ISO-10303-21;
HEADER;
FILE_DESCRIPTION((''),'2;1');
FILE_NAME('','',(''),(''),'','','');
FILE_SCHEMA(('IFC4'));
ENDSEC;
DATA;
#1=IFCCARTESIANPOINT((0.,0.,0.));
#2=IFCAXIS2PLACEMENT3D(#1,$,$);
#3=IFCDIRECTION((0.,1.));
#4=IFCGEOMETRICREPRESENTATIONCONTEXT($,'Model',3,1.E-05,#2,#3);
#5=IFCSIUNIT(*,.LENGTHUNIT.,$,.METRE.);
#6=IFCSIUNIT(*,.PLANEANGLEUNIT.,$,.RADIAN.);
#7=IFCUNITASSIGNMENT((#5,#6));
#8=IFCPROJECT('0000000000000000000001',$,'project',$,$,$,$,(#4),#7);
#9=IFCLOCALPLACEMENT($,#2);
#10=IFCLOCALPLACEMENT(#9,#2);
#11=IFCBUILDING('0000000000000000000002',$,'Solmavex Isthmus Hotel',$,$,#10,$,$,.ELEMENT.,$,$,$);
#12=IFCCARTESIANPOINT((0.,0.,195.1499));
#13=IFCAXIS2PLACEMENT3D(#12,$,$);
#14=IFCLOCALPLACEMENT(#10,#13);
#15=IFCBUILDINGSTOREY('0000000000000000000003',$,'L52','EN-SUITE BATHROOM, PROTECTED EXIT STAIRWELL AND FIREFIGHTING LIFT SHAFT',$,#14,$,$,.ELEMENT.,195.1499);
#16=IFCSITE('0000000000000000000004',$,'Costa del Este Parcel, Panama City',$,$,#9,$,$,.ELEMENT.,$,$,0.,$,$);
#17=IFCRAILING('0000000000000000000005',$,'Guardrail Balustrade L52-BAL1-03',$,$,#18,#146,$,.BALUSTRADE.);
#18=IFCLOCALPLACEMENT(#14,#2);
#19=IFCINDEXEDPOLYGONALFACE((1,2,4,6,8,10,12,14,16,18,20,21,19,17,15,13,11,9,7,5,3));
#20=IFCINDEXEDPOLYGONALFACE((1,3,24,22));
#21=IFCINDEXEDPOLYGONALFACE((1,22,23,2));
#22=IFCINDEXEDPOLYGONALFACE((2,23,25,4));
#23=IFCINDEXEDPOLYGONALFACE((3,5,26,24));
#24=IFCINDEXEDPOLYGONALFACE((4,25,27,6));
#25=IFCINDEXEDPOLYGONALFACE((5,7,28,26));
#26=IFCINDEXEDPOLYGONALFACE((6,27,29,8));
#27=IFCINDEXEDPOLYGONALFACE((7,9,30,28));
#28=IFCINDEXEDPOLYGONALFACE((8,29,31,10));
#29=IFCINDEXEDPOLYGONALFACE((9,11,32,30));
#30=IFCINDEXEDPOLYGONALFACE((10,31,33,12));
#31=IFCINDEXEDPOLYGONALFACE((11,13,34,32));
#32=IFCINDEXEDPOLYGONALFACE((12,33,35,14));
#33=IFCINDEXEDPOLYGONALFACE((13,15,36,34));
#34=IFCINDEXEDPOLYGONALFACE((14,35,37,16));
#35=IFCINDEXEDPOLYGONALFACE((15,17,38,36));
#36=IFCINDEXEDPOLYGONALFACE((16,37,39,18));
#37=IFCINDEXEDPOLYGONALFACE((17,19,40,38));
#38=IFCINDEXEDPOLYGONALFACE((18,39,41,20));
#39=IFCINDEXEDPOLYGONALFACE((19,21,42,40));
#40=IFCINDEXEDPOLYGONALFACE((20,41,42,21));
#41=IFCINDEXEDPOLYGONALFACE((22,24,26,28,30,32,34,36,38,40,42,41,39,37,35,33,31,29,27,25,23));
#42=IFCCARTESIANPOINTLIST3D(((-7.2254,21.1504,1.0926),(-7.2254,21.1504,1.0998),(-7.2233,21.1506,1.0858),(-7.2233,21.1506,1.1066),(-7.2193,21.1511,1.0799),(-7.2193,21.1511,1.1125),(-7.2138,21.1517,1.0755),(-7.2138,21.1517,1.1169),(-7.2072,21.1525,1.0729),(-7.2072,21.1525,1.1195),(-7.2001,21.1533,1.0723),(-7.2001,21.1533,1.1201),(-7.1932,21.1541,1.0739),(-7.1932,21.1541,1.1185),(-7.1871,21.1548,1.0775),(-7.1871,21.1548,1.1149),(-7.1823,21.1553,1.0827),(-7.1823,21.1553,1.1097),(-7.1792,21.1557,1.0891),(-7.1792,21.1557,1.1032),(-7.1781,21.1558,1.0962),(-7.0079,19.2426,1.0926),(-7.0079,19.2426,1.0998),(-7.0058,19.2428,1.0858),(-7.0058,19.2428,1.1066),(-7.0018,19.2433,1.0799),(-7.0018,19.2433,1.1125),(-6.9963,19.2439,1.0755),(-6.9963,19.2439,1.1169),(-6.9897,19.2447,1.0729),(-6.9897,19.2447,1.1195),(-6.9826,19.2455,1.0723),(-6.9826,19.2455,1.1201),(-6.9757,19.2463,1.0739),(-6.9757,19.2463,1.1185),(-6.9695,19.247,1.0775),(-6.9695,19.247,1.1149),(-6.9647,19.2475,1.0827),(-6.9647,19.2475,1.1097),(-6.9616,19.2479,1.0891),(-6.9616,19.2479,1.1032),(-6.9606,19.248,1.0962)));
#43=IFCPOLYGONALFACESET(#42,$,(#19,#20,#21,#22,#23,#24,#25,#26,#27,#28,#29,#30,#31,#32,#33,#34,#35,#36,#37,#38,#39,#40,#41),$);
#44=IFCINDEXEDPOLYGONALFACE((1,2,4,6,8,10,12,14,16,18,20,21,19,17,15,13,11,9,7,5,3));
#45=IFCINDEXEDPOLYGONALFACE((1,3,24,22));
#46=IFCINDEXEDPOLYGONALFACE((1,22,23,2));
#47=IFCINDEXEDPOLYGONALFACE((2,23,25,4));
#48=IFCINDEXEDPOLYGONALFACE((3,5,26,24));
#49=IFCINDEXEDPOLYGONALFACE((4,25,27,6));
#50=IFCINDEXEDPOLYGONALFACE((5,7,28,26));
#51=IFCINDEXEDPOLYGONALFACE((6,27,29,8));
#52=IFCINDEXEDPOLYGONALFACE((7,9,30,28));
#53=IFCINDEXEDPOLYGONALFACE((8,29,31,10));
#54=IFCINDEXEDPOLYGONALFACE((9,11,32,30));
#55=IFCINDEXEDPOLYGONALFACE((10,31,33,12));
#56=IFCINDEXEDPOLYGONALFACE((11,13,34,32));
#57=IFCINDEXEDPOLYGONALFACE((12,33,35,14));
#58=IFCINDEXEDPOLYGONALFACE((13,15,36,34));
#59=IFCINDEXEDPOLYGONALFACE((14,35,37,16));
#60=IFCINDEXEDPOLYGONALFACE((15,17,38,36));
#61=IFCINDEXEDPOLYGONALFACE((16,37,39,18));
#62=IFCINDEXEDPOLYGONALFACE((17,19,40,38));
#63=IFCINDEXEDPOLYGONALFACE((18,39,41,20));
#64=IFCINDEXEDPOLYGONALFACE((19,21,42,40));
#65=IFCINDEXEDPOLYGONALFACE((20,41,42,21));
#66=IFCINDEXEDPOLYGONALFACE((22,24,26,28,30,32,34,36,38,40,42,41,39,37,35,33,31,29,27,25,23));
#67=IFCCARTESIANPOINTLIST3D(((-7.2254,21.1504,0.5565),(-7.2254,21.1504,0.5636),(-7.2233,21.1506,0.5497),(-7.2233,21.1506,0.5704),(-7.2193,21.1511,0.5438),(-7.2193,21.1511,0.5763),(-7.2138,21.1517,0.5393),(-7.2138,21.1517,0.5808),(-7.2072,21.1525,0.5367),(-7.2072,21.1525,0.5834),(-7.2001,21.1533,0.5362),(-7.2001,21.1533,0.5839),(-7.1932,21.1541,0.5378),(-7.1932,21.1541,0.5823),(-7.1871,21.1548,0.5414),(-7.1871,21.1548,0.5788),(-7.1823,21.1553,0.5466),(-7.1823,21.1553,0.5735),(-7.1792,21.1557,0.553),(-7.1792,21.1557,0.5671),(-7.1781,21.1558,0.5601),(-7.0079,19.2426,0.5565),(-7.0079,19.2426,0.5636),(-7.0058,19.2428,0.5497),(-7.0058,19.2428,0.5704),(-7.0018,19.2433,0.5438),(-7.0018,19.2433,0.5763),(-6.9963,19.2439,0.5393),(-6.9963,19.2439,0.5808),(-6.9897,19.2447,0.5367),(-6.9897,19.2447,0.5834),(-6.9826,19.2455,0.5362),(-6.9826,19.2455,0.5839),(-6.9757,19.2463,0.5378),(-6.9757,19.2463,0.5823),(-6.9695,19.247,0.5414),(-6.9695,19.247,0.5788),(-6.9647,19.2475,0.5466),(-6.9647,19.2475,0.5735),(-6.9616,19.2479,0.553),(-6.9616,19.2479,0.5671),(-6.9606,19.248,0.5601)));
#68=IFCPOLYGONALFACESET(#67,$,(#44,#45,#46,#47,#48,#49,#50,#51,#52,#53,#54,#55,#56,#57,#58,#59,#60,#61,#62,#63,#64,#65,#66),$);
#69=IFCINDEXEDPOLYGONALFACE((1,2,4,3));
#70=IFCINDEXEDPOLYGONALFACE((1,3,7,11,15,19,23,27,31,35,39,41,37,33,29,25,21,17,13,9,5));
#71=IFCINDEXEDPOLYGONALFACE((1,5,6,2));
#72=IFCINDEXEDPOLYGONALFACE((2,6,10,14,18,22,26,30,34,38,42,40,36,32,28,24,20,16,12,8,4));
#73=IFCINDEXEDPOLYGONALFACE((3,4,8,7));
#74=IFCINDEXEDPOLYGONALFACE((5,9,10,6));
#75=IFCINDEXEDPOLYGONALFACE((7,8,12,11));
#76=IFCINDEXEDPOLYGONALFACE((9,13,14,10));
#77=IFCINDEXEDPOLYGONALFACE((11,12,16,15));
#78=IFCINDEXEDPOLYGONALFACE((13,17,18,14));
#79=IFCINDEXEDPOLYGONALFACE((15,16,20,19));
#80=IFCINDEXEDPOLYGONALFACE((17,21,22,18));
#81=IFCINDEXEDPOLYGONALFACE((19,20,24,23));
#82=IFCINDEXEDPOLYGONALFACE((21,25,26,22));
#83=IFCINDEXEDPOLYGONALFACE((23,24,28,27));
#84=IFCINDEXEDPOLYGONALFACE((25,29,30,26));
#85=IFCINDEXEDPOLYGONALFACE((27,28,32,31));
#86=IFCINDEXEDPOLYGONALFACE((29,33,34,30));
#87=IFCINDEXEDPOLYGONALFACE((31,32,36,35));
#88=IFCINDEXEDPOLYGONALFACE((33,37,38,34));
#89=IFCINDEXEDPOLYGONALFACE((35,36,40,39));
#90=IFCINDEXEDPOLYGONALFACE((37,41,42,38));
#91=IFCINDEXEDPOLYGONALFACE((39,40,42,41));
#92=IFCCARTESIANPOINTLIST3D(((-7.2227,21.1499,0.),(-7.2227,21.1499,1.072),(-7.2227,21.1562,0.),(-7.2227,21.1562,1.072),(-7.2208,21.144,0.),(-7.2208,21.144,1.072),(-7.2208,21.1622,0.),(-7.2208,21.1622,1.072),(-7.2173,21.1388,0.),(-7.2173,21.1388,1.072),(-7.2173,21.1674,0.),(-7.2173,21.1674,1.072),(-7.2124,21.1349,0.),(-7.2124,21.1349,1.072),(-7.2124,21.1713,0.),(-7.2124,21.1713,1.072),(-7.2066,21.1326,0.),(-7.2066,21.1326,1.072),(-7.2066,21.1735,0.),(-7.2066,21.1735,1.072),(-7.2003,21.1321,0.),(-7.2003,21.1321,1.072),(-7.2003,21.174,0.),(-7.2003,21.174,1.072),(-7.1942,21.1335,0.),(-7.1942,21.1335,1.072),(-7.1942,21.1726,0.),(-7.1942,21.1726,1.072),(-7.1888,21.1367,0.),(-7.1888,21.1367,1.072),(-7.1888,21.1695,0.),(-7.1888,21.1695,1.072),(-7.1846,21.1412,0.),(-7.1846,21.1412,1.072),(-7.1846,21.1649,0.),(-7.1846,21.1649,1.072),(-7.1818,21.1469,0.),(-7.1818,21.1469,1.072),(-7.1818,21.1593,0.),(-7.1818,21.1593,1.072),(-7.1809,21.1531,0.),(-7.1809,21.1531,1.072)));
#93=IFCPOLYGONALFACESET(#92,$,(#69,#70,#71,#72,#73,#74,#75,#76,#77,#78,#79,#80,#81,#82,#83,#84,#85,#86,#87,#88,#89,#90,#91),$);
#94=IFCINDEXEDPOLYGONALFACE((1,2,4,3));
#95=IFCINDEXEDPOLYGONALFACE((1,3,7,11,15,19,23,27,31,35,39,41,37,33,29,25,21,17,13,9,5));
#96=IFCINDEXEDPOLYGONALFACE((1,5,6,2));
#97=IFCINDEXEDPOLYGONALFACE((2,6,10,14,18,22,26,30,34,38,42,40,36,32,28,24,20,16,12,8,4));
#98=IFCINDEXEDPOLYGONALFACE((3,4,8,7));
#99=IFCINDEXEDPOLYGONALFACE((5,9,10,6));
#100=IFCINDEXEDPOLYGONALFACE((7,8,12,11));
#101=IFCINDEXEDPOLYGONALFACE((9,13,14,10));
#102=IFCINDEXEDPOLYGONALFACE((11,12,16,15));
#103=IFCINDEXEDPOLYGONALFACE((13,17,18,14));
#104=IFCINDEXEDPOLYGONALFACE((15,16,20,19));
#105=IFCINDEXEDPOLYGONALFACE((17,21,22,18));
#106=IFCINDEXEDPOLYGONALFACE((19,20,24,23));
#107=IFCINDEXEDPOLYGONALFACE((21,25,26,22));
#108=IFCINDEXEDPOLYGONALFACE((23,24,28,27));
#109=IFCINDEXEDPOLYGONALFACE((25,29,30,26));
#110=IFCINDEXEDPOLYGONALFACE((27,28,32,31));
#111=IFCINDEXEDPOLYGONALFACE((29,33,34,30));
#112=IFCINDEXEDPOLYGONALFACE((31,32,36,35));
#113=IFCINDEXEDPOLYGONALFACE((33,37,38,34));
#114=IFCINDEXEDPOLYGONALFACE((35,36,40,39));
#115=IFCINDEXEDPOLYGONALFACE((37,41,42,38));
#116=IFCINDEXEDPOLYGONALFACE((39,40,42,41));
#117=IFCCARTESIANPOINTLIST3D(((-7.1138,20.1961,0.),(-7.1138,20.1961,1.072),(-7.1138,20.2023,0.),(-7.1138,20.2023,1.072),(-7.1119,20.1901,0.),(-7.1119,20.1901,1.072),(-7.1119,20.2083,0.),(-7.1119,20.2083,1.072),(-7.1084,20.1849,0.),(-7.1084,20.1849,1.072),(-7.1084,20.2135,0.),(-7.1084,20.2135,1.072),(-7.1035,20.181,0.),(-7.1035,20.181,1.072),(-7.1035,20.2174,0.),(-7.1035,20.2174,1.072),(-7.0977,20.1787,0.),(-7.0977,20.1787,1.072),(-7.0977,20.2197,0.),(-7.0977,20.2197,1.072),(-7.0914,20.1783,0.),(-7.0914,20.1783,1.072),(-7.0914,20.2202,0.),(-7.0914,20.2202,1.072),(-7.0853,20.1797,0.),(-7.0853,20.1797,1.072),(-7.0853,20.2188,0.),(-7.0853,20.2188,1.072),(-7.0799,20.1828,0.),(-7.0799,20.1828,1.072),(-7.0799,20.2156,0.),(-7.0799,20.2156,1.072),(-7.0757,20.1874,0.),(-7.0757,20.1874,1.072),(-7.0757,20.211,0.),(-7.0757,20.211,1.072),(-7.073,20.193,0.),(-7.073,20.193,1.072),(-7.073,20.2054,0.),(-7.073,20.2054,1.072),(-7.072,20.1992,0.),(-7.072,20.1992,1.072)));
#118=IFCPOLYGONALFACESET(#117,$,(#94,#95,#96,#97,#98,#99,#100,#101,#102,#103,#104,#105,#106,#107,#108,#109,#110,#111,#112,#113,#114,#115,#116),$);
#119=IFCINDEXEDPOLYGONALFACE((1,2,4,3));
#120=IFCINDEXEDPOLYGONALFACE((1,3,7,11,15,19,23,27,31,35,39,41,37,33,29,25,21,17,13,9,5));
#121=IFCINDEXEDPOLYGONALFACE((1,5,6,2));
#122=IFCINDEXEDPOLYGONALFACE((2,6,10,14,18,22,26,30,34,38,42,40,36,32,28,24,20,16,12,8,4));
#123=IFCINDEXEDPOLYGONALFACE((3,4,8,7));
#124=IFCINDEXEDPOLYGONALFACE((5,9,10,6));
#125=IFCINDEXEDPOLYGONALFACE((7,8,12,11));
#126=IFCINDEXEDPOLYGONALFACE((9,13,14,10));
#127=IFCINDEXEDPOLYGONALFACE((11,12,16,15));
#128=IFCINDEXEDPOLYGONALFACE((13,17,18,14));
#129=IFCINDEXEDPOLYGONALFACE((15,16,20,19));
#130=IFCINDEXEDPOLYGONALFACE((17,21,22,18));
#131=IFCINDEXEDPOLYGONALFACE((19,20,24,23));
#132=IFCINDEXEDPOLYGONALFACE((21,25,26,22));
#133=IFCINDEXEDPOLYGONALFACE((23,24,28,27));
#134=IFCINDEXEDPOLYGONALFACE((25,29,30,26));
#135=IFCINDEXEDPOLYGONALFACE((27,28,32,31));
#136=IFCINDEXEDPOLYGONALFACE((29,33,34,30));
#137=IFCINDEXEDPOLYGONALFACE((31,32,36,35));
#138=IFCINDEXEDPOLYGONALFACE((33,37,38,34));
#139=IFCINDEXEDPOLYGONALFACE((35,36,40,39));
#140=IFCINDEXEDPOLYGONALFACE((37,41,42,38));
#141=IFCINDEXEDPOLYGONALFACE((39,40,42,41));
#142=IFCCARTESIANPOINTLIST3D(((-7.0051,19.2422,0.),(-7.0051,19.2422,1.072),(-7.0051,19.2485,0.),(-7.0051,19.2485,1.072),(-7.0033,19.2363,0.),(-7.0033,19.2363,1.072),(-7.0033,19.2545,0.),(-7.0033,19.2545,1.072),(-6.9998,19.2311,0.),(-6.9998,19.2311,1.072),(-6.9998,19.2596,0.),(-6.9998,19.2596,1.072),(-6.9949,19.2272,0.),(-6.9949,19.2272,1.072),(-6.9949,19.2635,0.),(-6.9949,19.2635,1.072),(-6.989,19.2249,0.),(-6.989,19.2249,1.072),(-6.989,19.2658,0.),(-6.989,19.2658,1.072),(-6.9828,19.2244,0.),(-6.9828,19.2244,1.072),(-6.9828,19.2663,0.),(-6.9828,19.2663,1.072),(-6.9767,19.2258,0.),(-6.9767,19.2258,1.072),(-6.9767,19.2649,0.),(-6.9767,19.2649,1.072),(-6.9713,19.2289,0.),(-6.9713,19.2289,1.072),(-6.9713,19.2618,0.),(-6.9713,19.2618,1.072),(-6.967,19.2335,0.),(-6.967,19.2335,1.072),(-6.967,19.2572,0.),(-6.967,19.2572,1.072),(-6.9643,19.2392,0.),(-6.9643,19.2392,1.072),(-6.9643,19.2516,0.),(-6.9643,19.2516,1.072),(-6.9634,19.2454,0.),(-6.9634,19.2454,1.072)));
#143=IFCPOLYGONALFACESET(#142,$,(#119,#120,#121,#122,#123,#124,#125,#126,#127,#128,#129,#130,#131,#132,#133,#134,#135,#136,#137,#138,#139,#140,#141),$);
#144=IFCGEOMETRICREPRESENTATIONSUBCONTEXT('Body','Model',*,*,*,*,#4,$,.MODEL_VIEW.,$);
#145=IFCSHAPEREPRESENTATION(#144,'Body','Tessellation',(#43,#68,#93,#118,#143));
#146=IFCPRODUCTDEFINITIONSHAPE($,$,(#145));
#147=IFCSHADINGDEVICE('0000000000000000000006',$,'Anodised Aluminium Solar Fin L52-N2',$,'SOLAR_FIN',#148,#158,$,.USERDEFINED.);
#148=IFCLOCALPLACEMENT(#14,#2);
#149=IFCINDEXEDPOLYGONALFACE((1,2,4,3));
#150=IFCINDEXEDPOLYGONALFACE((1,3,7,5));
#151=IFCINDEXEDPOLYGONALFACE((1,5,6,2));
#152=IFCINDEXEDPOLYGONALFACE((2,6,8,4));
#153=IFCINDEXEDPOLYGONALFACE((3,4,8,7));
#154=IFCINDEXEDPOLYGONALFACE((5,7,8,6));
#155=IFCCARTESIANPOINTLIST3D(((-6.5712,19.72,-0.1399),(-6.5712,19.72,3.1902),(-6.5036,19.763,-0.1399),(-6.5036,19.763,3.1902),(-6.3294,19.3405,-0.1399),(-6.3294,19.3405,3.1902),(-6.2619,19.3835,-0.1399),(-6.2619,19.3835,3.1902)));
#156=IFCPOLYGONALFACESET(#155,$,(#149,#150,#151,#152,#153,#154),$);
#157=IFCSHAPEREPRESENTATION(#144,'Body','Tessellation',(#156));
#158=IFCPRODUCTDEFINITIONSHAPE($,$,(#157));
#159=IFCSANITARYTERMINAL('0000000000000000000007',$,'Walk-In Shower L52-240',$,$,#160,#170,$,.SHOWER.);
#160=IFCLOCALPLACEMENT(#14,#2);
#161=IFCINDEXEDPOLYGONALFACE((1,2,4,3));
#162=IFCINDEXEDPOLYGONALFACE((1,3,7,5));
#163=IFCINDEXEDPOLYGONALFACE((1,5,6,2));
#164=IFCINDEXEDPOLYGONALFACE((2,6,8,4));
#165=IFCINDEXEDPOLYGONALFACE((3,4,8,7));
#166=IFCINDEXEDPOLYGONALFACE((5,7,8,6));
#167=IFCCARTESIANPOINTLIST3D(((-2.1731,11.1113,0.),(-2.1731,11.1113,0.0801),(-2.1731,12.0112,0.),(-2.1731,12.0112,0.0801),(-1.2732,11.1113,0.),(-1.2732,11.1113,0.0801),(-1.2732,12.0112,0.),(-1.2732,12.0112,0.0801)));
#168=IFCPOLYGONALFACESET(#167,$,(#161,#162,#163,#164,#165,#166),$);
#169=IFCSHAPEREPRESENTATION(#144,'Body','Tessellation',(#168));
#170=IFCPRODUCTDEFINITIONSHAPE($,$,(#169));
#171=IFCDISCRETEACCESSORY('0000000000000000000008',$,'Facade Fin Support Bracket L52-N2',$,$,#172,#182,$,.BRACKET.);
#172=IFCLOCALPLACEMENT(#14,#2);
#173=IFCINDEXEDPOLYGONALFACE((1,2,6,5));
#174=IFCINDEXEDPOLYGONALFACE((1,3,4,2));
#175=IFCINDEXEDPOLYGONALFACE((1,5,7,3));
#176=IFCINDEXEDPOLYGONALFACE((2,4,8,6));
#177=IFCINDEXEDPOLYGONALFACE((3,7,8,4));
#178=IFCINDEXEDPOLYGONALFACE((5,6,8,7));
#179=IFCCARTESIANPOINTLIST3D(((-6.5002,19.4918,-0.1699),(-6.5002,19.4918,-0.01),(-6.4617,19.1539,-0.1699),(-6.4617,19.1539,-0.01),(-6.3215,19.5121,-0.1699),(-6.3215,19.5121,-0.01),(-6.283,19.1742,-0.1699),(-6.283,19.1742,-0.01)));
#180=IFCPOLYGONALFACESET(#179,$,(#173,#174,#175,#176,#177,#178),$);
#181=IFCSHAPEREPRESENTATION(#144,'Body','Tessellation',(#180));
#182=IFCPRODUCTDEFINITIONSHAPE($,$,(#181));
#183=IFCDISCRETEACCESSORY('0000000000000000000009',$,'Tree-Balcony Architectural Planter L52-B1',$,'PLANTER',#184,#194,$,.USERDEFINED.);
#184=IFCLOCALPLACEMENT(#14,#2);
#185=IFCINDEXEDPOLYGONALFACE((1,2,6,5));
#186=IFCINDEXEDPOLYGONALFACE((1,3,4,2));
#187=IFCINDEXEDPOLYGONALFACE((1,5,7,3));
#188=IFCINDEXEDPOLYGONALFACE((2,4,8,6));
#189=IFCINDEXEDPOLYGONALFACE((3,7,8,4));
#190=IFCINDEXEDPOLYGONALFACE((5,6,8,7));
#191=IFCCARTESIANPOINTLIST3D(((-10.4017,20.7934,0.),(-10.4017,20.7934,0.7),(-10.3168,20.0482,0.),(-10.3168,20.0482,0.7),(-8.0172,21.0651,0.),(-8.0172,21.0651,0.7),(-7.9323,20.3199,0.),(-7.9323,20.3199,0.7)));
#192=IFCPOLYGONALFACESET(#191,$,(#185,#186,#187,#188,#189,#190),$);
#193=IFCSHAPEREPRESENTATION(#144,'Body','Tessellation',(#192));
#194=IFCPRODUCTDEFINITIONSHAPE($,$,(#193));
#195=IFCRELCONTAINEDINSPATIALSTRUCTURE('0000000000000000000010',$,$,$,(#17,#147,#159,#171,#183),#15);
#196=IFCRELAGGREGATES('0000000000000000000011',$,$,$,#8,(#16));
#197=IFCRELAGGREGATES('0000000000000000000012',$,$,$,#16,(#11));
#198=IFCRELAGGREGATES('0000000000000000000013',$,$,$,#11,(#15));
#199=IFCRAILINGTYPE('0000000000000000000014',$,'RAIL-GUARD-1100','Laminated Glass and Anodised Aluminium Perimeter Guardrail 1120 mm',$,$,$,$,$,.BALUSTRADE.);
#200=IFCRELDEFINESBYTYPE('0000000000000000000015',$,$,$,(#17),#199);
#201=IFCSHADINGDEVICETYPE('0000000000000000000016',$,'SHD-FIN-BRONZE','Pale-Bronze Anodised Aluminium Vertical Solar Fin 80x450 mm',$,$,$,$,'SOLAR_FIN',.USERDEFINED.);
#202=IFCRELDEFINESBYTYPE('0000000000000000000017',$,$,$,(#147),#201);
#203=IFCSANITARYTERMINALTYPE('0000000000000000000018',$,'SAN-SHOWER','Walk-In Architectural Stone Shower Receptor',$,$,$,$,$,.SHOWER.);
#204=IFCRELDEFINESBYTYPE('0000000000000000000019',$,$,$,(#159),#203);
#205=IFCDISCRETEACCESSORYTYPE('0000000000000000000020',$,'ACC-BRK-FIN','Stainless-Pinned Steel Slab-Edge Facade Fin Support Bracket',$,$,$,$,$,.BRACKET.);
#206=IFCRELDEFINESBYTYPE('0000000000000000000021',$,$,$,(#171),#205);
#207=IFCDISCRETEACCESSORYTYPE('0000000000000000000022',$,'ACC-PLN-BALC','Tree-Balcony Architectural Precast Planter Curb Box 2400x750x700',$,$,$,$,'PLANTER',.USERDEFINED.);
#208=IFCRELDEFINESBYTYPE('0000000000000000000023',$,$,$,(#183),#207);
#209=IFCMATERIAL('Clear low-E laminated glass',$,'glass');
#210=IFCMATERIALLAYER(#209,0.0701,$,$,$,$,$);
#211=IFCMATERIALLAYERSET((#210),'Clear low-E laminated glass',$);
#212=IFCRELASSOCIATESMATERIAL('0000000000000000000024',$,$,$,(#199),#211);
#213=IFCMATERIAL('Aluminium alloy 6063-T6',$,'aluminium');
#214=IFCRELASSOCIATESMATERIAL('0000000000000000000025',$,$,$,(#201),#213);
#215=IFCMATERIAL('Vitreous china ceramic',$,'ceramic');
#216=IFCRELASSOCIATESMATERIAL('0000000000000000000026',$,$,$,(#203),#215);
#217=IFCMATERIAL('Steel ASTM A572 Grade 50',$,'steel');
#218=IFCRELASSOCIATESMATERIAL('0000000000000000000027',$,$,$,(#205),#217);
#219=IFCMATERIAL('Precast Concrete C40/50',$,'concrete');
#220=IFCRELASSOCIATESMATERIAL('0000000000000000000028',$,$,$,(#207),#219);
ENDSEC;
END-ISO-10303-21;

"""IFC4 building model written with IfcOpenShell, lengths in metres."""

from ifc_helpers import new_model, si_unit, direction, frame, origin, origin_2d, place, context, subcontext, project, spatial, rectangle, circle, extrude, material, layer, layer_set, type_object, element, save


model = new_model("IFC4")

# Units and contexts
model_context = context("Model", 3, precision=1e-05, world=origin(), true_north=direction((0.0, 1.0)))
body_context = subcontext(model_context, "Body", "Model", "MODEL_VIEW")
ifc_project = project(units=[si_unit("LENGTHUNIT", "METRE"), si_unit("PLANEANGLEUNIT", "RADIAN")], contexts=[model_context])

# Site, building, storey
site_placement = place(None, origin())
site = spatial("IfcSite", under=ifc_project, at=site_placement, Name="Costa del Este Parcel, Panama City", CompositionType="ELEMENT", RefElevation=0.0)
building_placement = place(site_placement, origin())
building = spatial("IfcBuilding", under=site, at=building_placement, Name="Solmavex Isthmus Hotel", CompositionType="ELEMENT")
storey_placement = place(building_placement, frame((0.0, 0.0, 195.1499)))
storey = spatial("IfcBuildingStorey", under=building, at=storey_placement, Name="L52", Description="EN-SUITE BATHROOM, PROTECTED EXIT STAIRWELL AND FIREFIGHTING LIFT SHAFT", CompositionType="ELEMENT", Elevation=195.1499)

# Shared definitions
ifc_material_1 = material(Name="Aluminium alloy 6063-T6", Category="aluminium")

# Shared definitions
ifc_material_2 = material(Name="Clear low-E laminated glass", Category="glass")

# Shared definitions
ifc_material_3 = material(Name="Precast Concrete C40/50", Category="concrete")

# Railing
ifc_layer_1 = layer(ifc_material_2, 0.0701)
ifc_layer_set_1 = layer_set([ifc_layer_1], Name="Clear low-E laminated glass")
railing_type = type_object("IfcRailingType", Name="RAIL-GUARD-1100", Description="Laminated Glass and Anodised Aluminium Perimeter Guardrail 1120 mm", PredefinedType="BALUSTRADE", material=ifc_layer_set_1)
railing_1_placement = place(storey_placement, frame((-7.2019, 21.1531, 0.0)))
element("IfcRailing", 1, at=railing_1_placement, inside=storey, type_object=railing_type, Name="Guardrail Balustrade L52-BAL1-03", PredefinedType="BALUSTRADE", context=body_context, shape_type="SweptSolid", body=[
    extrude(circle(Radius=0.0239, at=origin_2d()), frame((0.0, 0.0, 1.0962), z_axis=(0.113292, -0.993562, 0.0), x_axis=(0.993562, 0.113292, 0.0)), (0.0, 0.0, 1.0), 1.9202),
    extrude(circle(Radius=0.0239, at=origin_2d()), frame((0.0, 0.0, 0.5601), z_axis=(0.113292, -0.993562, 0.0), x_axis=(0.993562, 0.113292, 0.0)), (0.0, 0.0, 1.0), 1.9202),
    extrude(circle(Radius=0.021, at=origin_2d()), origin(), (0.0, 0.0, 1.0), 1.072),
    extrude(circle(Radius=0.021, at=origin_2d()), frame((0.1089, -0.9539, 0.0)), (0.0, 0.0, 1.0), 1.072),
    extrude(circle(Radius=0.021, at=origin_2d()), frame((0.2175, -1.9077, 0.0)), (0.0, 0.0, 1.0), 1.072),
])

# Shading device
shading_device_type = type_object("IfcShadingDeviceType", Name="SHD-FIN-BRONZE", Description="Pale-Bronze Anodised Aluminium Vertical Solar Fin 80x450 mm", ElementType="SOLAR_FIN", PredefinedType="USERDEFINED", material=ifc_material_1)
shading_device_placement = place(storey_placement, frame((-6.4165, 19.5518, -0.1399), z_axis=(0.0, 0.0, 1.0), x_axis=(-0.5373, 0.843391, 0.0)))
element("IfcShadingDevice", 2, at=shading_device_placement, inside=storey, type_object=shading_device_type, Name="Anodised Aluminium Solar Fin L52-N2", ObjectType="SOLAR_FIN", PredefinedType="USERDEFINED", context=body_context, shape_type="SweptSolid", body=[
    extrude(rectangle(XDim=0.45, YDim=0.0801, at=origin_2d()), origin(), (0.0, 0.0, 1.0), 3.3301),
])

# Sanitary terminal
ifc_material_4 = material(Name="Vitreous china ceramic", Category="ceramic")
sanitary_terminal_type = type_object("IfcSanitaryTerminalType", Name="SAN-SHOWER", Description="Walk-In Architectural Stone Shower Receptor", PredefinedType="SHOWER", material=ifc_material_4)
sanitary_terminal_placement = place(storey_placement, frame((-1.7231, 11.5613, 0.0), z_axis=(0.0, 0.0, 1.0), x_axis=(1.0, 0.0, 0.0)))
element("IfcSanitaryTerminal", 3, at=sanitary_terminal_placement, inside=storey, type_object=sanitary_terminal_type, Name="Walk-In Shower L52-240", PredefinedType="SHOWER", context=body_context, shape_type="SweptSolid", body=[
    extrude(rectangle(XDim=0.8999, YDim=0.8999, at=origin_2d()), origin(), (0.0, 0.0, 1.0), 0.0801),
])

# Discrete accessories
ifc_material_5 = material(Name="Steel ASTM A572 Grade 50", Category="steel")
discrete_accessory_type_1 = type_object("IfcDiscreteAccessoryType", Name="ACC-BRK-FIN", Description="Stainless-Pinned Steel Slab-Edge Facade Fin Support Bracket", PredefinedType="BRACKET", material=ifc_material_5)
discrete_accessory_1_placement = place(storey_placement, frame((-6.3916, 19.333, -0.1699), z_axis=(0.0, 0.0, 1.0), x_axis=(-0.113203, 0.993572, 0.0)))
element("IfcDiscreteAccessory", 4, at=discrete_accessory_1_placement, inside=storey, type_object=discrete_accessory_type_1, Name="Facade Fin Support Bracket L52-N2", PredefinedType="BRACKET", context=body_context, shape_type="SweptSolid", body=[
    extrude(rectangle(XDim=0.3401, YDim=0.1799, at=origin_2d()), origin(), (0.0, 0.0, 1.0), 0.1599),
])
discrete_accessory_type_2 = type_object("IfcDiscreteAccessoryType", Name="ACC-PLN-BALC", Description="Tree-Balcony Architectural Precast Planter Curb Box 2400x750x700", ElementType="PLANTER", PredefinedType="USERDEFINED", material=ifc_material_3)
discrete_accessory_2_placement = place(storey_placement, frame((-9.167, 20.5566, 0.0), z_axis=(0.0, 0.0, 1.0), x_axis=(0.993572, 0.113203, 0.0)))
element("IfcDiscreteAccessory", 5, at=discrete_accessory_2_placement, inside=storey, type_object=discrete_accessory_type_2, Name="Tree-Balcony Architectural Planter L52-B1", ObjectType="PLANTER", PredefinedType="USERDEFINED", context=body_context, shape_type="SweptSolid", body=[
    extrude(rectangle(XDim=2.3999, YDim=0.75, at=origin_2d()), origin(), (0.0, 0.0, 1.0), 0.7),
])

save(model, "model.ifc")
